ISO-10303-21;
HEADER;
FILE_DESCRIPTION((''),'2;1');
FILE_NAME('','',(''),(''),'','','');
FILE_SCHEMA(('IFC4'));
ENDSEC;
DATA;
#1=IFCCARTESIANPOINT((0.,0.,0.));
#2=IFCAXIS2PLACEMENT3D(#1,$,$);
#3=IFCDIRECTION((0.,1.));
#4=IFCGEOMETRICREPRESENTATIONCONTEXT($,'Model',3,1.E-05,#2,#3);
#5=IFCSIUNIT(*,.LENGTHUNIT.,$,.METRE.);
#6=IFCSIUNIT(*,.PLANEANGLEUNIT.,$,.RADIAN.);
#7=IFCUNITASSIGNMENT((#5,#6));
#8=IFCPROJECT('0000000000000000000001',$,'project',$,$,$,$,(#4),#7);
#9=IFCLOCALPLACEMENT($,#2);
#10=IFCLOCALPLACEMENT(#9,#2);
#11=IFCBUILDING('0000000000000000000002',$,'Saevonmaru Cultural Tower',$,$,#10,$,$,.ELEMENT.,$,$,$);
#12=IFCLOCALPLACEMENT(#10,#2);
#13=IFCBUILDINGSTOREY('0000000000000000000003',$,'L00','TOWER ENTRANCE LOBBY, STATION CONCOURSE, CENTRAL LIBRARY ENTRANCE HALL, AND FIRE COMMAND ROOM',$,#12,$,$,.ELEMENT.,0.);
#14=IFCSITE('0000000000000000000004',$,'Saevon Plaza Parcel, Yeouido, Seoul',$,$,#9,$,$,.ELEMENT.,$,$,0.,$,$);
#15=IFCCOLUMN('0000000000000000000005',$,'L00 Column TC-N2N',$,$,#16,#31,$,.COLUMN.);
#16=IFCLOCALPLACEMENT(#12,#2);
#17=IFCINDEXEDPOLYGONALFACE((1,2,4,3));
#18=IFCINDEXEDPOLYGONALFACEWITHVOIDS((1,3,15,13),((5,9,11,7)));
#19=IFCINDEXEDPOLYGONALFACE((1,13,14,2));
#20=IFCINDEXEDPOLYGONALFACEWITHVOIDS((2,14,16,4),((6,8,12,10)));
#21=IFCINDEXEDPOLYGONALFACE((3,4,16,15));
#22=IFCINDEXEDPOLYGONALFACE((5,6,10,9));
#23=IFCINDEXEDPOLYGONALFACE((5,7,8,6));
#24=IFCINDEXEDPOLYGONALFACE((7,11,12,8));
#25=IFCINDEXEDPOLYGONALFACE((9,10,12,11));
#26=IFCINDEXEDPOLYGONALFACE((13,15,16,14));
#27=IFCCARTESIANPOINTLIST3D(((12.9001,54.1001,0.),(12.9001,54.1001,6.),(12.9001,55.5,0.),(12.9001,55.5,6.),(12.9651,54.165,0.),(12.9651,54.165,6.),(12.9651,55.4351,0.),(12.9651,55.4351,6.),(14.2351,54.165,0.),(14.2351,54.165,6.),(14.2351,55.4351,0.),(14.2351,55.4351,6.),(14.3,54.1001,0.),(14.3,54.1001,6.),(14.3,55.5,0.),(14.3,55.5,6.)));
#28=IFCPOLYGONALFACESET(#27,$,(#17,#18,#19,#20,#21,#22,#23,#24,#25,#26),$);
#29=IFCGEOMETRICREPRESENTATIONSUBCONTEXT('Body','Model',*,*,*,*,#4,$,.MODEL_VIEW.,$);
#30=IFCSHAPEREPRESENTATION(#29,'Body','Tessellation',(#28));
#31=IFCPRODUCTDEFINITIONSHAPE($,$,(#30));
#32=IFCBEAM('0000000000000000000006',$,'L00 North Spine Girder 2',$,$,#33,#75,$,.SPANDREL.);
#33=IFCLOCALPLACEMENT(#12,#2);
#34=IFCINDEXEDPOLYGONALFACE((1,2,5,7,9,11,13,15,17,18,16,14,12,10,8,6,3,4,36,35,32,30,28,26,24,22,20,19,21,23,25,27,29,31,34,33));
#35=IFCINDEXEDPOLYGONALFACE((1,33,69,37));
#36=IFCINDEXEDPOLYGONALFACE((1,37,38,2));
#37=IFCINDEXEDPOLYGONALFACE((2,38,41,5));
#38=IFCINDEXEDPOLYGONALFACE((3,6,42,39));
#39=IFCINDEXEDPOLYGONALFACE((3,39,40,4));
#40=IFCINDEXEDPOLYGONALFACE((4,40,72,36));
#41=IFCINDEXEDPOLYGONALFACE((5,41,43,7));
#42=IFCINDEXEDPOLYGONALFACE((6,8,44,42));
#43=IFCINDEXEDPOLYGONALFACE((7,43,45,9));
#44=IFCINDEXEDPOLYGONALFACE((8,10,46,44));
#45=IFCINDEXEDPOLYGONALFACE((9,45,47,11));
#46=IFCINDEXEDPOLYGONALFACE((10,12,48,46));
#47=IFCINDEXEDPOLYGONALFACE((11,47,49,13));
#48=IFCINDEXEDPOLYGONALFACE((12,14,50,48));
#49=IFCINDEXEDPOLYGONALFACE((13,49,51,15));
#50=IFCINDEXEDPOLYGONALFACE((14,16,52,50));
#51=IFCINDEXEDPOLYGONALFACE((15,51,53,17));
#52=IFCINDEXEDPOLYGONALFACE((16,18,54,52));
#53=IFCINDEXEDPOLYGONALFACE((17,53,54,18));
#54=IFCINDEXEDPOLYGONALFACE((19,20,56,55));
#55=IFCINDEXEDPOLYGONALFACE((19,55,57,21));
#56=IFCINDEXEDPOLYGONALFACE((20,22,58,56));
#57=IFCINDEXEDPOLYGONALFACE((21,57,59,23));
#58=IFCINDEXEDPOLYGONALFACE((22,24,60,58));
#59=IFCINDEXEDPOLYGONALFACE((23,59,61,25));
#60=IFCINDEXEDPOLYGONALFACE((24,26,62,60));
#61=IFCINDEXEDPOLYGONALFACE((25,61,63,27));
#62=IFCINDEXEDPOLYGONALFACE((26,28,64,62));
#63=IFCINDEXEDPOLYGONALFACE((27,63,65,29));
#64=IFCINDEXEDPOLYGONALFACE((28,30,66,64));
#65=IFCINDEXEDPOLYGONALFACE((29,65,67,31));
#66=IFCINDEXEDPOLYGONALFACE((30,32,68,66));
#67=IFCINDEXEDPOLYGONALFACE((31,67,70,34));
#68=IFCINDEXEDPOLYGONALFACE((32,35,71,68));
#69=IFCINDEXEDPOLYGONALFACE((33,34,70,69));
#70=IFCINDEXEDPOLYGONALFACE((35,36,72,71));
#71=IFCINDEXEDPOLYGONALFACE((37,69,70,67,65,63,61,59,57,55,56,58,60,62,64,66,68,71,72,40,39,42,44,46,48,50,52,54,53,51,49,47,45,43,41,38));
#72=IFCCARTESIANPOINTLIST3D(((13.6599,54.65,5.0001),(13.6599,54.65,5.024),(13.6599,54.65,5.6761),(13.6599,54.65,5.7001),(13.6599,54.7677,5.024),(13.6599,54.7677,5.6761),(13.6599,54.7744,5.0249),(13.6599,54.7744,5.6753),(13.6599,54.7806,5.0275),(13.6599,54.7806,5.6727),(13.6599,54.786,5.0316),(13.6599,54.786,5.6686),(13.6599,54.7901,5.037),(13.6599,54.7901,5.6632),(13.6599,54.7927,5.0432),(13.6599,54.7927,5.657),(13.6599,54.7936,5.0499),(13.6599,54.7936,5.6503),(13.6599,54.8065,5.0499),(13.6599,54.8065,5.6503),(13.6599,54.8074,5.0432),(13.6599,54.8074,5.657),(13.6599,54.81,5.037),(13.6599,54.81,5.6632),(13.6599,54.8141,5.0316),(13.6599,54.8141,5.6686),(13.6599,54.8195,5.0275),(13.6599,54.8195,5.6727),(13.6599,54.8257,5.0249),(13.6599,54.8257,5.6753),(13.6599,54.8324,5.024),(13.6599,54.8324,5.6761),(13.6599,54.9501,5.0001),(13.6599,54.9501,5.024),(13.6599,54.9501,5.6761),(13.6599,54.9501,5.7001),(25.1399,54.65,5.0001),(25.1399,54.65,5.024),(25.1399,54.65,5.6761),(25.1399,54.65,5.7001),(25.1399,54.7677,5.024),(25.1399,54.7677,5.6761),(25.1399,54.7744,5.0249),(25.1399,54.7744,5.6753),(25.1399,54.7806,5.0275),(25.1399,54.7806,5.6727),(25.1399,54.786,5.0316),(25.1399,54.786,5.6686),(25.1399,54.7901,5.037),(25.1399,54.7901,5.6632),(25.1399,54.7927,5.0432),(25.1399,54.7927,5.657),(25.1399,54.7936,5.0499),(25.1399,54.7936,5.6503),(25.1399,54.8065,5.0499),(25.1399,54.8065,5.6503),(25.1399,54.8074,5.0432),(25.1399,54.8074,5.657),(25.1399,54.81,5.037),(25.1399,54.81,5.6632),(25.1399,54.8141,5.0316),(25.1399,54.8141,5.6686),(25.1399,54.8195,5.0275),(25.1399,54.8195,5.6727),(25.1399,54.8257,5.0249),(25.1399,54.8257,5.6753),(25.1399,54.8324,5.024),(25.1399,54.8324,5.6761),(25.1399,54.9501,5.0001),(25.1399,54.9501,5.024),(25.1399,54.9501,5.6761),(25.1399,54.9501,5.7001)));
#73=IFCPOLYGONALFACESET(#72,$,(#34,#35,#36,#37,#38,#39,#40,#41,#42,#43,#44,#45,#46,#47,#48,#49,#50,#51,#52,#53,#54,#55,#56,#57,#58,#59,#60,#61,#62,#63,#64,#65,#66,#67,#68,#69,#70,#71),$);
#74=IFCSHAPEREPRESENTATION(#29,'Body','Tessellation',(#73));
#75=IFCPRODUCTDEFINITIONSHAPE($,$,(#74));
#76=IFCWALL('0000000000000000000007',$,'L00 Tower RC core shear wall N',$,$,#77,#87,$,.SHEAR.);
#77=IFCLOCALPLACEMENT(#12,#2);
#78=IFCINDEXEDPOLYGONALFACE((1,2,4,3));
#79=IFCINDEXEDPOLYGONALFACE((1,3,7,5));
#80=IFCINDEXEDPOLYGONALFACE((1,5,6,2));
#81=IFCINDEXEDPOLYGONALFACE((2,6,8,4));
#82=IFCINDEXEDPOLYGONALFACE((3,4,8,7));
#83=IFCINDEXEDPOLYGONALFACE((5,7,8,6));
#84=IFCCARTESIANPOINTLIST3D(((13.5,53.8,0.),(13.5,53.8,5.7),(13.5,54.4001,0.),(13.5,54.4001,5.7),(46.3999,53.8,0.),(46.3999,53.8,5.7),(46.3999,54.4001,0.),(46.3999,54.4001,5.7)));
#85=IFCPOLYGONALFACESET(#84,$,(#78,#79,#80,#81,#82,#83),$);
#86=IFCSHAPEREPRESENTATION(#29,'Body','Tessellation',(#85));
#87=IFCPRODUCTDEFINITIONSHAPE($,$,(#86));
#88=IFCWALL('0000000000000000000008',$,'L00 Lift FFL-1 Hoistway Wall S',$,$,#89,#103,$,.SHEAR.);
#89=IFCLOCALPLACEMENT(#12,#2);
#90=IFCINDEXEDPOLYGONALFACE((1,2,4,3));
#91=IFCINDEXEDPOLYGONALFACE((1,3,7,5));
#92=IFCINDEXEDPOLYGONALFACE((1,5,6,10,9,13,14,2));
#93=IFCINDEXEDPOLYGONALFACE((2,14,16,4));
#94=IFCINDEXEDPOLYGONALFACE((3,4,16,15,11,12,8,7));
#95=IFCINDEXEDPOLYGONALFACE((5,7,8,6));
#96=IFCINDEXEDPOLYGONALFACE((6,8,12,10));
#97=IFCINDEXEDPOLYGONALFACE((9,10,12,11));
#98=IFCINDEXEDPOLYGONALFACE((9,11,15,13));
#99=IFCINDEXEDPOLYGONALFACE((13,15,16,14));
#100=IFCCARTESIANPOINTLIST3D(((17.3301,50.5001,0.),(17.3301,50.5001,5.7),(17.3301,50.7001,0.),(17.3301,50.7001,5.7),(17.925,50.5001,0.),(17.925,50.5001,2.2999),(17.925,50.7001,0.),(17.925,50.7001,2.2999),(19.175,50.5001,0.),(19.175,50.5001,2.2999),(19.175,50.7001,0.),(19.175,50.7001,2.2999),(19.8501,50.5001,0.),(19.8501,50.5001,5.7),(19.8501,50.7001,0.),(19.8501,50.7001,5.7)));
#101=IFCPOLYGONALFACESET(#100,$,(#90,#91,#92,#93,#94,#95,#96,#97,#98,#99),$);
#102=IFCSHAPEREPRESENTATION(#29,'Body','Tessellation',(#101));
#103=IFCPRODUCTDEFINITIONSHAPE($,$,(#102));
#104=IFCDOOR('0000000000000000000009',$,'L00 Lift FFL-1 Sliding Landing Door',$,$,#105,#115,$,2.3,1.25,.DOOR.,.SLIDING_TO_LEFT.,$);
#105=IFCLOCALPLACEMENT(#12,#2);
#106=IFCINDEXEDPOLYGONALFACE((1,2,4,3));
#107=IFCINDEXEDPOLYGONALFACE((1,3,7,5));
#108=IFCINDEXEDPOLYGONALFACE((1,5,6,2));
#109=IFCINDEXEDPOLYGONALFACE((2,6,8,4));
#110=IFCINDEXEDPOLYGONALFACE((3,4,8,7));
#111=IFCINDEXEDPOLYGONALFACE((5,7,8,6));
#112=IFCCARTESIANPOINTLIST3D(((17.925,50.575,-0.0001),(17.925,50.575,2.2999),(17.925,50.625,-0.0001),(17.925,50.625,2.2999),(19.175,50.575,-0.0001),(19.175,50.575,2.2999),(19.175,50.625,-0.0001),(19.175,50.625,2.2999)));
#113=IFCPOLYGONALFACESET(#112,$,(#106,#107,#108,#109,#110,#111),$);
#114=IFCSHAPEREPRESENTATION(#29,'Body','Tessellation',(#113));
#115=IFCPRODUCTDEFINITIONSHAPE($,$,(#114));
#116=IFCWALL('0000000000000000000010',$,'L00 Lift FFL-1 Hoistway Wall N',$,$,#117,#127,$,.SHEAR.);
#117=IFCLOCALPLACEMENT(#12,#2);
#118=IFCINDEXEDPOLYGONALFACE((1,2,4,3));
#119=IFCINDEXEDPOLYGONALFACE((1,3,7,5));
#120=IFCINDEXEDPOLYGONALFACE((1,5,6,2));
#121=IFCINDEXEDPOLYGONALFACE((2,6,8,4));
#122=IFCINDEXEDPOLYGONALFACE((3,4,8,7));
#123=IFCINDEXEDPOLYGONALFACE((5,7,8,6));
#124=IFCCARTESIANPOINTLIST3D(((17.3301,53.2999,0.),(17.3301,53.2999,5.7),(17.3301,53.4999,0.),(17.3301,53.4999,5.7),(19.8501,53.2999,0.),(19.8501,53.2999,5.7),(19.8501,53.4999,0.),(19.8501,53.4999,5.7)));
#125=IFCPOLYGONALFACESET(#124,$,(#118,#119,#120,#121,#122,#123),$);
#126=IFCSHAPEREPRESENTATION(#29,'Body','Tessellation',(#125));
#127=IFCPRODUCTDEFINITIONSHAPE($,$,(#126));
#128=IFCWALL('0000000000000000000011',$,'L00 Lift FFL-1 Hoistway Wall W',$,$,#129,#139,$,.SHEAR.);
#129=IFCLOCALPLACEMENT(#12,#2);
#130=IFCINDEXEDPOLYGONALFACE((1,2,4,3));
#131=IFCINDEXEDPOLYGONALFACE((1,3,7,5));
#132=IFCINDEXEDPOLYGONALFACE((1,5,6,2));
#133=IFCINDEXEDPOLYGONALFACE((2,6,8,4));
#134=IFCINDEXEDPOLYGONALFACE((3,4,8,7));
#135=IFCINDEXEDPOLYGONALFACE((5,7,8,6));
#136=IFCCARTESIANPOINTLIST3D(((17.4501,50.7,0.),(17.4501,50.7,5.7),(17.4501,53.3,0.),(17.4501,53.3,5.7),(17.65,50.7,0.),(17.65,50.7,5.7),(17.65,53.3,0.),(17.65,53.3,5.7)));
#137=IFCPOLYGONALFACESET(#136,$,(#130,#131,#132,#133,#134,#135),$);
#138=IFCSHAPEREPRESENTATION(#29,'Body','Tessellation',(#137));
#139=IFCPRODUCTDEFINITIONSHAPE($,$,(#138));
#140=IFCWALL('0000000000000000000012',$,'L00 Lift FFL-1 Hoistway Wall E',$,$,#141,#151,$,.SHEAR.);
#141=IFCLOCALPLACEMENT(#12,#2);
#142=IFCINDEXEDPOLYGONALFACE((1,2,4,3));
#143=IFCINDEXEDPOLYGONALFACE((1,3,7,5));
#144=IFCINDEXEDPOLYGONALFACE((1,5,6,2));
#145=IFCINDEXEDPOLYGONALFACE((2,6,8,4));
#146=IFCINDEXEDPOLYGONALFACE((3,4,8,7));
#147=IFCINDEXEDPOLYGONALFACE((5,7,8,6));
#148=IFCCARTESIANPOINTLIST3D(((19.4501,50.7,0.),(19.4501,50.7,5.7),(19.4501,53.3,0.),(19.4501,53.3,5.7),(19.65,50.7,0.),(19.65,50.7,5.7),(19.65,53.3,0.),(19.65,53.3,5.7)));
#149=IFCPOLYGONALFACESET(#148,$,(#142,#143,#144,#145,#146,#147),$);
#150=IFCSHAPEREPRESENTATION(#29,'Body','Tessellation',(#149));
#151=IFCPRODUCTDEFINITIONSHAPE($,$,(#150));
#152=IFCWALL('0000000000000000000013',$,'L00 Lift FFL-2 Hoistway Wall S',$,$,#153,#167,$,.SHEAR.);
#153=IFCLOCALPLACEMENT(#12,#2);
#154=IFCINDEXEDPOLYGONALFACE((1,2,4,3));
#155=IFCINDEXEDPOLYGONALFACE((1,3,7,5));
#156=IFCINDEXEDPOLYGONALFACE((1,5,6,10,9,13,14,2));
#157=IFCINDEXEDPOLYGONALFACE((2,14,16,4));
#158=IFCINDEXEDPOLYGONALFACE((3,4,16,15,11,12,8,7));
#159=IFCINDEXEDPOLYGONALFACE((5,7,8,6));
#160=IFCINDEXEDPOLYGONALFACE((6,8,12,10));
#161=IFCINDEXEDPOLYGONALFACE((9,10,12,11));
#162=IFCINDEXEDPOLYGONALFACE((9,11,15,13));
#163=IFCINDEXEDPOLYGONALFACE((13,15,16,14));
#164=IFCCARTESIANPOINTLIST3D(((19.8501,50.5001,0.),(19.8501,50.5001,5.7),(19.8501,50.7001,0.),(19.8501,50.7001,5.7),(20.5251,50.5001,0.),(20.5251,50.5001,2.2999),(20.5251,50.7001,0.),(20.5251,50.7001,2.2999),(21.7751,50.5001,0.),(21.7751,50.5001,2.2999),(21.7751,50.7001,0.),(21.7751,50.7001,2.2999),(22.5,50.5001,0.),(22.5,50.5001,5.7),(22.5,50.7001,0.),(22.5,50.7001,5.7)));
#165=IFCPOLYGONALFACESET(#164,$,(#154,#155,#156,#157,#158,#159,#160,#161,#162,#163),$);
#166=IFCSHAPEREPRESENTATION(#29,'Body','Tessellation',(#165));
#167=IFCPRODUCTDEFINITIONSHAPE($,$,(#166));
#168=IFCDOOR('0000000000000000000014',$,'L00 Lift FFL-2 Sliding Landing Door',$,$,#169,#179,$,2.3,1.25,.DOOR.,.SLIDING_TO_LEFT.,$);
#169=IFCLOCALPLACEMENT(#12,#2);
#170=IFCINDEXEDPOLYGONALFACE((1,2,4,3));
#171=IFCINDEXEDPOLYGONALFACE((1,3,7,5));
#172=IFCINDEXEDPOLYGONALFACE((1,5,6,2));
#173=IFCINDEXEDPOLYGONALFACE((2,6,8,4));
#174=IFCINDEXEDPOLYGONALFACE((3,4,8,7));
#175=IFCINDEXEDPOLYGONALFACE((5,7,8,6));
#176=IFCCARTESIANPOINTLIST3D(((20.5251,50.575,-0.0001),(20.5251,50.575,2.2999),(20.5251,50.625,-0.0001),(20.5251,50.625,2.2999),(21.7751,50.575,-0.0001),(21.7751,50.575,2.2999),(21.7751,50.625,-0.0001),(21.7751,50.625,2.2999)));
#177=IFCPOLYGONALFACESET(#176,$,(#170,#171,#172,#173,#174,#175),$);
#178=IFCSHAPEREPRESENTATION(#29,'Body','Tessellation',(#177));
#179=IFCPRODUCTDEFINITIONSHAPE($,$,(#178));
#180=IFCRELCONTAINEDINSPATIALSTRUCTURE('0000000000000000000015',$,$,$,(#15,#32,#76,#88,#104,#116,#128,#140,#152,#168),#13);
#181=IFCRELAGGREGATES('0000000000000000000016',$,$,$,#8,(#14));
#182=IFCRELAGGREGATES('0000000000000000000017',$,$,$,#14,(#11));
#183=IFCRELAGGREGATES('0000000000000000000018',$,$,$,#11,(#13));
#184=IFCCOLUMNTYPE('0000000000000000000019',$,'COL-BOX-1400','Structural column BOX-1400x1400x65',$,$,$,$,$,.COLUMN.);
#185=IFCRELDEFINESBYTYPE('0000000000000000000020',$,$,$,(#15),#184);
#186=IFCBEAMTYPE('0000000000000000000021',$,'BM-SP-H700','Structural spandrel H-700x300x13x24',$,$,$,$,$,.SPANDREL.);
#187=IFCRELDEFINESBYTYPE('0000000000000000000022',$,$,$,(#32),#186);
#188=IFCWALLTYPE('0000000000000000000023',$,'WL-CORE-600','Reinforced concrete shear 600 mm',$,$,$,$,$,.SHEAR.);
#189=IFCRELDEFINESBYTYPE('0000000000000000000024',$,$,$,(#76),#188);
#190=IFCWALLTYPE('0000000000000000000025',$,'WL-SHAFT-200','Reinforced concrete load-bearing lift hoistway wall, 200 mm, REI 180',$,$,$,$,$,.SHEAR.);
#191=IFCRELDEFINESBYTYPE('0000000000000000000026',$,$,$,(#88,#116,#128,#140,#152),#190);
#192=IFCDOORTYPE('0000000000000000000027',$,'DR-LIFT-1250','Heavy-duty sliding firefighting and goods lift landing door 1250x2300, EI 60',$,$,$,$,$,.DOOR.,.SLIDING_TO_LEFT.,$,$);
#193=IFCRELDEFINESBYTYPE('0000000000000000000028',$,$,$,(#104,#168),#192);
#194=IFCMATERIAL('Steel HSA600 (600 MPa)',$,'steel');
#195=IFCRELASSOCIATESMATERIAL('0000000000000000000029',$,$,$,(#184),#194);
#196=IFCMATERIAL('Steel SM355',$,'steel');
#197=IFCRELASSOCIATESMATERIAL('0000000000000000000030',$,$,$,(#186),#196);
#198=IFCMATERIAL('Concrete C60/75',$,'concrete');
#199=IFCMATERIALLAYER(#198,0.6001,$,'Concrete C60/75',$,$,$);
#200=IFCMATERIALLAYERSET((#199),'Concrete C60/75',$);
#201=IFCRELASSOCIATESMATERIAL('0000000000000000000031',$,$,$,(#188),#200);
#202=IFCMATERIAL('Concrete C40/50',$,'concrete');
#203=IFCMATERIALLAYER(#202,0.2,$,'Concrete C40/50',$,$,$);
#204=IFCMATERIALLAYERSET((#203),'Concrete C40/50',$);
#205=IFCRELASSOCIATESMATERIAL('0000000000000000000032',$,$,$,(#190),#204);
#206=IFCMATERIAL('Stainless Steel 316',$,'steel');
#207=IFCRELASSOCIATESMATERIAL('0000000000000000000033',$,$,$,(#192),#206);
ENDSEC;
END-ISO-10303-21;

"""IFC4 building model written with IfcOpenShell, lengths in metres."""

from ifc_helpers import new_model, si_unit, direction, frame, frame_2d, origin, origin_2d, place, context, subcontext, project, spatial, rectangle, hollow_rectangle, i_section, extrude, material, layer, layer_set, material_profile, profile_set, type_object, element, fill, save


model = new_model("IFC4")

# Units and contexts
model_context = context("Model", 3, precision=1e-05, world=origin(), true_north=direction((0.0, 1.0)))
body_context = subcontext(model_context, "Body", "Model", "MODEL_VIEW")
ifc_project = project(units=[si_unit("LENGTHUNIT", "METRE"), si_unit("PLANEANGLEUNIT", "RADIAN")], contexts=[model_context])

# Site, building, storey
site_placement = place(None, origin())
site = spatial("IfcSite", under=ifc_project, at=site_placement, Name="Saevon Plaza Parcel, Yeouido, Seoul", CompositionType="ELEMENT", RefElevation=0.0)
building_placement = place(site_placement, origin())
building = spatial("IfcBuilding", under=site, at=building_placement, Name="Saevonmaru Cultural Tower", CompositionType="ELEMENT")
storey_placement = place(building_placement, origin())
storey = spatial("IfcBuildingStorey", under=building, at=storey_placement, Name="L00", Description="TOWER ENTRANCE LOBBY, STATION CONCOURSE, CENTRAL LIBRARY ENTRANCE HALL, AND FIRE COMMAND ROOM", CompositionType="ELEMENT", Elevation=0.0)

# Column
ifc_material_1 = material(Name="Steel HSA600 (600 MPa)", Category="steel")
ifc_material_profile_1 = material_profile(ifc_material_1, hollow_rectangle(XDim=1.3999, YDim=1.3999, WallThickness=0.0649, at=origin_2d()), Name="BOX-1400x1400x65")
ifc_profile_set_1 = profile_set([ifc_material_profile_1], Name="Steel HSA600 (600 MPa)")
column_type = type_object("IfcColumnType", Name="COL-BOX-1400", Description="Structural column BOX-1400x1400x65", PredefinedType="COLUMN", material=ifc_profile_set_1)
column_placement = place(storey_placement, frame((13.6001, 54.8, 0.0), z_axis=(0.0, 0.0, 1.0), x_axis=(1.0, 0.0, 0.0)))
element("IfcColumn", 1, at=column_placement, inside=storey, type_object=column_type, Name="L00 Column TC-N2N", PredefinedType="COLUMN", context=body_context, shape_type="SweptSolid", body=[
    extrude(hollow_rectangle(XDim=1.3999, YDim=1.3999, WallThickness=0.0649, at=origin_2d()), origin(), (0.0, 0.0, 1.0), 6.0),
])

# Beam
ifc_material_2 = material(Name="Steel SM355", Category="steel")
ifc_material_profile_2 = material_profile(ifc_material_2, i_section(OverallWidth=0.3, OverallDepth=0.7, WebThickness=0.0129, FlangeThickness=0.0239, FilletRadius=0.0259, at=origin_2d()), Name="H-700x300x13x24")
ifc_profile_set_2 = profile_set([ifc_material_profile_2], Name="Steel SM355")
beam_type = type_object("IfcBeamType", Name="BM-SP-H700", Description="Structural spandrel H-700x300x13x24", PredefinedType="SPANDREL", material=ifc_profile_set_2)
beam_placement = place(storey_placement, frame((13.6599, 54.8, 5.3501), z_axis=(1.0, 0.0, 0.0), x_axis=(0.0, 1.0, 0.0)))
element("IfcBeam", 2, at=beam_placement, inside=storey, type_object=beam_type, Name="L00 North Spine Girder 2", PredefinedType="SPANDREL", context=body_context, shape_type="SweptSolid", body=[
    extrude(i_section(OverallWidth=0.3, OverallDepth=0.7, WebThickness=0.0129, FlangeThickness=0.0239, FilletRadius=0.0259, at=origin_2d()), origin(), (0.0, 0.0, 1.0), 11.48),
])

# Wall
ifc_material_3 = material(Name="Concrete C60/75", Category="concrete")
ifc_layer_1 = layer(ifc_material_3, 0.6001, Name="Concrete C60/75")
ifc_layer_set_1 = layer_set([ifc_layer_1], Name="Concrete C60/75")
wall_type_1 = type_object("IfcWallType", Name="WL-CORE-600", Description="Reinforced concrete shear 600 mm", PredefinedType="SHEAR", material=ifc_layer_set_1)
wall_1_placement = place(storey_placement, frame((13.5, 54.1001, 0.0), z_axis=(0.0, 0.0, 1.0), x_axis=(1.0, 0.0, 0.0)))
element("IfcWall", 3, at=wall_1_placement, inside=storey, type_object=wall_type_1, Name="L00 Tower RC core shear wall N", PredefinedType="SHEAR", context=body_context, shape_type="SweptSolid", body=[
    extrude(rectangle(XDim=32.8999, YDim=0.6001, at=frame_2d((16.45, 0.0))), origin(), (0.0, 0.0, 1.0), 5.7),
])

# Wall, opening, door
ifc_material_4 = material(Name="Concrete C40/50", Category="concrete")
ifc_layer_2 = layer(ifc_material_4, 0.2, Name="Concrete C40/50")
ifc_layer_set_2 = layer_set([ifc_layer_2], Name="Concrete C40/50")
wall_type_2 = type_object("IfcWallType", Name="WL-SHAFT-200", Description="Reinforced concrete load-bearing lift hoistway wall, 200 mm, REI 180", PredefinedType="SHEAR", material=ifc_layer_set_2)
wall_2_placement = place(storey_placement, frame((17.3301, 50.6001, 0.0), z_axis=(0.0, 0.0, 1.0), x_axis=(1.0, 0.0, 0.0)))
wall_2 = element("IfcWall", 4, at=wall_2_placement, inside=storey, type_object=wall_type_2, Name="L00 Lift FFL-1 Hoistway Wall S", PredefinedType="SHEAR", context=body_context, shape_type="SweptSolid", body=[
    extrude(rectangle(XDim=2.52, YDim=0.2, at=frame_2d((1.26, 0.0))), origin(), (0.0, 0.0, 1.0), 5.7),
])
opening_1_placement = place(wall_2_placement, frame((0.595, 0.0, 0.0)))
opening_1 = element("IfcOpeningElement", 5, at=opening_1_placement, cuts=wall_2, PredefinedType="OPENING", context=body_context, shape_type="SweptSolid", body=[
    extrude(rectangle(XDim=1.25, YDim=2.3, at=frame_2d((0.625, 1.1499))), frame((0.0, 0.1099, 0.0), z_axis=(0.0, -1.0, 0.0), x_axis=(1.0, 0.0, 0.0)), (0.0, 0.0, 1.0), 0.22),
])
ifc_material_5 = material(Name="Stainless Steel 316", Category="steel")
door_type = type_object("IfcDoorType", Name="DR-LIFT-1250", Description="Heavy-duty sliding firefighting and goods lift landing door 1250x2300, EI 60", OperationType="SLIDING_TO_LEFT", PredefinedType="DOOR", material=ifc_material_5)
door_1_placement = place(opening_1_placement, origin())
door_1 = element("IfcDoor", 6, at=door_1_placement, inside=storey, type_object=door_type, Name="L00 Lift FFL-1 Sliding Landing Door", OperationType="SLIDING_TO_LEFT", OverallHeight=2.3, OverallWidth=1.25, PredefinedType="DOOR", context=body_context, shape_type="SweptSolid", body=[
    extrude(rectangle(XDim=1.25, YDim=2.3, at=frame_2d((0.625, 1.1499))), frame((0.0, 0.0249, 0.0), z_axis=(0.0, -1.0, 0.0), x_axis=(1.0, 0.0, 0.0)), (0.0, 0.0, 1.0), 0.05),
])
fill(opening_1, door_1)

# Walls
wall_3_placement = place(storey_placement, frame((17.3301, 53.3999, 0.0), z_axis=(0.0, 0.0, 1.0), x_axis=(1.0, 0.0, 0.0)))
element("IfcWall", 7, at=wall_3_placement, inside=storey, type_object=wall_type_2, Name="L00 Lift FFL-1 Hoistway Wall N", PredefinedType="SHEAR", context=body_context, shape_type="SweptSolid", body=[
    extrude(rectangle(XDim=2.52, YDim=0.2, at=frame_2d((1.26, 0.0))), origin(), (0.0, 0.0, 1.0), 5.7),
])
for number, where, z_axis, x_axis, name in (
    (8, (17.55, 50.7, 0.0), (0.0, 0.0, 1.0), (0.0, 1.0, 0.0), "L00 Lift FFL-1 Hoistway Wall W"),
    (9, (19.55, 50.7, 0.0), (0.0, 0.0, 1.0), (0.0, 1.0, 0.0), "L00 Lift FFL-1 Hoistway Wall E"),
):
    element("IfcWall", number, at=place(storey_placement, frame(where, z_axis=z_axis, x_axis=x_axis)), inside=storey, type_object=wall_type_2, Name=name, PredefinedType="SHEAR", context=body_context, shape_type="SweptSolid", body=[
        extrude(rectangle(XDim=2.6001, YDim=0.2, at=frame_2d((1.3, 0.0))), origin(), (0.0, 0.0, 1.0), 5.7),
    ])

# Wall, opening, door
wall_4_placement = place(storey_placement, frame((19.8501, 50.6001, 0.0), z_axis=(0.0, 0.0, 1.0), x_axis=(1.0, 0.0, 0.0)))
wall_4 = element("IfcWall", 10, at=wall_4_placement, inside=storey, type_object=wall_type_2, Name="L00 Lift FFL-2 Hoistway Wall S", PredefinedType="SHEAR", context=body_context, shape_type="SweptSolid", body=[
    extrude(rectangle(XDim=2.6499, YDim=0.2, at=frame_2d((1.325, 0.0))), origin(), (0.0, 0.0, 1.0), 5.7),
])
opening_2_placement = place(wall_4_placement, frame((0.675, 0.0, 0.0)))
opening_2 = element("IfcOpeningElement", 11, at=opening_2_placement, cuts=wall_4, PredefinedType="OPENING", context=body_context, shape_type="SweptSolid", body=[
    extrude(rectangle(XDim=1.25, YDim=2.3, at=frame_2d((0.625, 1.1499))), frame((0.0, 0.1099, 0.0), z_axis=(0.0, -1.0, 0.0), x_axis=(1.0, 0.0, 0.0)), (0.0, 0.0, 1.0), 0.22),
])
door_2_placement = place(opening_2_placement, origin())
door_2 = element("IfcDoor", 12, at=door_2_placement, inside=storey, type_object=door_type, Name="L00 Lift FFL-2 Sliding Landing Door", OperationType="SLIDING_TO_LEFT", OverallHeight=2.3, OverallWidth=1.25, PredefinedType="DOOR", context=body_context, shape_type="SweptSolid", body=[
    extrude(rectangle(XDim=1.25, YDim=2.3, at=frame_2d((0.625, 1.1499))), frame((0.0, 0.0249, 0.0), z_axis=(0.0, -1.0, 0.0), x_axis=(1.0, 0.0, 0.0)), (0.0, 0.0, 1.0), 0.05),
])
fill(opening_2, door_2)

save(model, "model.ifc")
